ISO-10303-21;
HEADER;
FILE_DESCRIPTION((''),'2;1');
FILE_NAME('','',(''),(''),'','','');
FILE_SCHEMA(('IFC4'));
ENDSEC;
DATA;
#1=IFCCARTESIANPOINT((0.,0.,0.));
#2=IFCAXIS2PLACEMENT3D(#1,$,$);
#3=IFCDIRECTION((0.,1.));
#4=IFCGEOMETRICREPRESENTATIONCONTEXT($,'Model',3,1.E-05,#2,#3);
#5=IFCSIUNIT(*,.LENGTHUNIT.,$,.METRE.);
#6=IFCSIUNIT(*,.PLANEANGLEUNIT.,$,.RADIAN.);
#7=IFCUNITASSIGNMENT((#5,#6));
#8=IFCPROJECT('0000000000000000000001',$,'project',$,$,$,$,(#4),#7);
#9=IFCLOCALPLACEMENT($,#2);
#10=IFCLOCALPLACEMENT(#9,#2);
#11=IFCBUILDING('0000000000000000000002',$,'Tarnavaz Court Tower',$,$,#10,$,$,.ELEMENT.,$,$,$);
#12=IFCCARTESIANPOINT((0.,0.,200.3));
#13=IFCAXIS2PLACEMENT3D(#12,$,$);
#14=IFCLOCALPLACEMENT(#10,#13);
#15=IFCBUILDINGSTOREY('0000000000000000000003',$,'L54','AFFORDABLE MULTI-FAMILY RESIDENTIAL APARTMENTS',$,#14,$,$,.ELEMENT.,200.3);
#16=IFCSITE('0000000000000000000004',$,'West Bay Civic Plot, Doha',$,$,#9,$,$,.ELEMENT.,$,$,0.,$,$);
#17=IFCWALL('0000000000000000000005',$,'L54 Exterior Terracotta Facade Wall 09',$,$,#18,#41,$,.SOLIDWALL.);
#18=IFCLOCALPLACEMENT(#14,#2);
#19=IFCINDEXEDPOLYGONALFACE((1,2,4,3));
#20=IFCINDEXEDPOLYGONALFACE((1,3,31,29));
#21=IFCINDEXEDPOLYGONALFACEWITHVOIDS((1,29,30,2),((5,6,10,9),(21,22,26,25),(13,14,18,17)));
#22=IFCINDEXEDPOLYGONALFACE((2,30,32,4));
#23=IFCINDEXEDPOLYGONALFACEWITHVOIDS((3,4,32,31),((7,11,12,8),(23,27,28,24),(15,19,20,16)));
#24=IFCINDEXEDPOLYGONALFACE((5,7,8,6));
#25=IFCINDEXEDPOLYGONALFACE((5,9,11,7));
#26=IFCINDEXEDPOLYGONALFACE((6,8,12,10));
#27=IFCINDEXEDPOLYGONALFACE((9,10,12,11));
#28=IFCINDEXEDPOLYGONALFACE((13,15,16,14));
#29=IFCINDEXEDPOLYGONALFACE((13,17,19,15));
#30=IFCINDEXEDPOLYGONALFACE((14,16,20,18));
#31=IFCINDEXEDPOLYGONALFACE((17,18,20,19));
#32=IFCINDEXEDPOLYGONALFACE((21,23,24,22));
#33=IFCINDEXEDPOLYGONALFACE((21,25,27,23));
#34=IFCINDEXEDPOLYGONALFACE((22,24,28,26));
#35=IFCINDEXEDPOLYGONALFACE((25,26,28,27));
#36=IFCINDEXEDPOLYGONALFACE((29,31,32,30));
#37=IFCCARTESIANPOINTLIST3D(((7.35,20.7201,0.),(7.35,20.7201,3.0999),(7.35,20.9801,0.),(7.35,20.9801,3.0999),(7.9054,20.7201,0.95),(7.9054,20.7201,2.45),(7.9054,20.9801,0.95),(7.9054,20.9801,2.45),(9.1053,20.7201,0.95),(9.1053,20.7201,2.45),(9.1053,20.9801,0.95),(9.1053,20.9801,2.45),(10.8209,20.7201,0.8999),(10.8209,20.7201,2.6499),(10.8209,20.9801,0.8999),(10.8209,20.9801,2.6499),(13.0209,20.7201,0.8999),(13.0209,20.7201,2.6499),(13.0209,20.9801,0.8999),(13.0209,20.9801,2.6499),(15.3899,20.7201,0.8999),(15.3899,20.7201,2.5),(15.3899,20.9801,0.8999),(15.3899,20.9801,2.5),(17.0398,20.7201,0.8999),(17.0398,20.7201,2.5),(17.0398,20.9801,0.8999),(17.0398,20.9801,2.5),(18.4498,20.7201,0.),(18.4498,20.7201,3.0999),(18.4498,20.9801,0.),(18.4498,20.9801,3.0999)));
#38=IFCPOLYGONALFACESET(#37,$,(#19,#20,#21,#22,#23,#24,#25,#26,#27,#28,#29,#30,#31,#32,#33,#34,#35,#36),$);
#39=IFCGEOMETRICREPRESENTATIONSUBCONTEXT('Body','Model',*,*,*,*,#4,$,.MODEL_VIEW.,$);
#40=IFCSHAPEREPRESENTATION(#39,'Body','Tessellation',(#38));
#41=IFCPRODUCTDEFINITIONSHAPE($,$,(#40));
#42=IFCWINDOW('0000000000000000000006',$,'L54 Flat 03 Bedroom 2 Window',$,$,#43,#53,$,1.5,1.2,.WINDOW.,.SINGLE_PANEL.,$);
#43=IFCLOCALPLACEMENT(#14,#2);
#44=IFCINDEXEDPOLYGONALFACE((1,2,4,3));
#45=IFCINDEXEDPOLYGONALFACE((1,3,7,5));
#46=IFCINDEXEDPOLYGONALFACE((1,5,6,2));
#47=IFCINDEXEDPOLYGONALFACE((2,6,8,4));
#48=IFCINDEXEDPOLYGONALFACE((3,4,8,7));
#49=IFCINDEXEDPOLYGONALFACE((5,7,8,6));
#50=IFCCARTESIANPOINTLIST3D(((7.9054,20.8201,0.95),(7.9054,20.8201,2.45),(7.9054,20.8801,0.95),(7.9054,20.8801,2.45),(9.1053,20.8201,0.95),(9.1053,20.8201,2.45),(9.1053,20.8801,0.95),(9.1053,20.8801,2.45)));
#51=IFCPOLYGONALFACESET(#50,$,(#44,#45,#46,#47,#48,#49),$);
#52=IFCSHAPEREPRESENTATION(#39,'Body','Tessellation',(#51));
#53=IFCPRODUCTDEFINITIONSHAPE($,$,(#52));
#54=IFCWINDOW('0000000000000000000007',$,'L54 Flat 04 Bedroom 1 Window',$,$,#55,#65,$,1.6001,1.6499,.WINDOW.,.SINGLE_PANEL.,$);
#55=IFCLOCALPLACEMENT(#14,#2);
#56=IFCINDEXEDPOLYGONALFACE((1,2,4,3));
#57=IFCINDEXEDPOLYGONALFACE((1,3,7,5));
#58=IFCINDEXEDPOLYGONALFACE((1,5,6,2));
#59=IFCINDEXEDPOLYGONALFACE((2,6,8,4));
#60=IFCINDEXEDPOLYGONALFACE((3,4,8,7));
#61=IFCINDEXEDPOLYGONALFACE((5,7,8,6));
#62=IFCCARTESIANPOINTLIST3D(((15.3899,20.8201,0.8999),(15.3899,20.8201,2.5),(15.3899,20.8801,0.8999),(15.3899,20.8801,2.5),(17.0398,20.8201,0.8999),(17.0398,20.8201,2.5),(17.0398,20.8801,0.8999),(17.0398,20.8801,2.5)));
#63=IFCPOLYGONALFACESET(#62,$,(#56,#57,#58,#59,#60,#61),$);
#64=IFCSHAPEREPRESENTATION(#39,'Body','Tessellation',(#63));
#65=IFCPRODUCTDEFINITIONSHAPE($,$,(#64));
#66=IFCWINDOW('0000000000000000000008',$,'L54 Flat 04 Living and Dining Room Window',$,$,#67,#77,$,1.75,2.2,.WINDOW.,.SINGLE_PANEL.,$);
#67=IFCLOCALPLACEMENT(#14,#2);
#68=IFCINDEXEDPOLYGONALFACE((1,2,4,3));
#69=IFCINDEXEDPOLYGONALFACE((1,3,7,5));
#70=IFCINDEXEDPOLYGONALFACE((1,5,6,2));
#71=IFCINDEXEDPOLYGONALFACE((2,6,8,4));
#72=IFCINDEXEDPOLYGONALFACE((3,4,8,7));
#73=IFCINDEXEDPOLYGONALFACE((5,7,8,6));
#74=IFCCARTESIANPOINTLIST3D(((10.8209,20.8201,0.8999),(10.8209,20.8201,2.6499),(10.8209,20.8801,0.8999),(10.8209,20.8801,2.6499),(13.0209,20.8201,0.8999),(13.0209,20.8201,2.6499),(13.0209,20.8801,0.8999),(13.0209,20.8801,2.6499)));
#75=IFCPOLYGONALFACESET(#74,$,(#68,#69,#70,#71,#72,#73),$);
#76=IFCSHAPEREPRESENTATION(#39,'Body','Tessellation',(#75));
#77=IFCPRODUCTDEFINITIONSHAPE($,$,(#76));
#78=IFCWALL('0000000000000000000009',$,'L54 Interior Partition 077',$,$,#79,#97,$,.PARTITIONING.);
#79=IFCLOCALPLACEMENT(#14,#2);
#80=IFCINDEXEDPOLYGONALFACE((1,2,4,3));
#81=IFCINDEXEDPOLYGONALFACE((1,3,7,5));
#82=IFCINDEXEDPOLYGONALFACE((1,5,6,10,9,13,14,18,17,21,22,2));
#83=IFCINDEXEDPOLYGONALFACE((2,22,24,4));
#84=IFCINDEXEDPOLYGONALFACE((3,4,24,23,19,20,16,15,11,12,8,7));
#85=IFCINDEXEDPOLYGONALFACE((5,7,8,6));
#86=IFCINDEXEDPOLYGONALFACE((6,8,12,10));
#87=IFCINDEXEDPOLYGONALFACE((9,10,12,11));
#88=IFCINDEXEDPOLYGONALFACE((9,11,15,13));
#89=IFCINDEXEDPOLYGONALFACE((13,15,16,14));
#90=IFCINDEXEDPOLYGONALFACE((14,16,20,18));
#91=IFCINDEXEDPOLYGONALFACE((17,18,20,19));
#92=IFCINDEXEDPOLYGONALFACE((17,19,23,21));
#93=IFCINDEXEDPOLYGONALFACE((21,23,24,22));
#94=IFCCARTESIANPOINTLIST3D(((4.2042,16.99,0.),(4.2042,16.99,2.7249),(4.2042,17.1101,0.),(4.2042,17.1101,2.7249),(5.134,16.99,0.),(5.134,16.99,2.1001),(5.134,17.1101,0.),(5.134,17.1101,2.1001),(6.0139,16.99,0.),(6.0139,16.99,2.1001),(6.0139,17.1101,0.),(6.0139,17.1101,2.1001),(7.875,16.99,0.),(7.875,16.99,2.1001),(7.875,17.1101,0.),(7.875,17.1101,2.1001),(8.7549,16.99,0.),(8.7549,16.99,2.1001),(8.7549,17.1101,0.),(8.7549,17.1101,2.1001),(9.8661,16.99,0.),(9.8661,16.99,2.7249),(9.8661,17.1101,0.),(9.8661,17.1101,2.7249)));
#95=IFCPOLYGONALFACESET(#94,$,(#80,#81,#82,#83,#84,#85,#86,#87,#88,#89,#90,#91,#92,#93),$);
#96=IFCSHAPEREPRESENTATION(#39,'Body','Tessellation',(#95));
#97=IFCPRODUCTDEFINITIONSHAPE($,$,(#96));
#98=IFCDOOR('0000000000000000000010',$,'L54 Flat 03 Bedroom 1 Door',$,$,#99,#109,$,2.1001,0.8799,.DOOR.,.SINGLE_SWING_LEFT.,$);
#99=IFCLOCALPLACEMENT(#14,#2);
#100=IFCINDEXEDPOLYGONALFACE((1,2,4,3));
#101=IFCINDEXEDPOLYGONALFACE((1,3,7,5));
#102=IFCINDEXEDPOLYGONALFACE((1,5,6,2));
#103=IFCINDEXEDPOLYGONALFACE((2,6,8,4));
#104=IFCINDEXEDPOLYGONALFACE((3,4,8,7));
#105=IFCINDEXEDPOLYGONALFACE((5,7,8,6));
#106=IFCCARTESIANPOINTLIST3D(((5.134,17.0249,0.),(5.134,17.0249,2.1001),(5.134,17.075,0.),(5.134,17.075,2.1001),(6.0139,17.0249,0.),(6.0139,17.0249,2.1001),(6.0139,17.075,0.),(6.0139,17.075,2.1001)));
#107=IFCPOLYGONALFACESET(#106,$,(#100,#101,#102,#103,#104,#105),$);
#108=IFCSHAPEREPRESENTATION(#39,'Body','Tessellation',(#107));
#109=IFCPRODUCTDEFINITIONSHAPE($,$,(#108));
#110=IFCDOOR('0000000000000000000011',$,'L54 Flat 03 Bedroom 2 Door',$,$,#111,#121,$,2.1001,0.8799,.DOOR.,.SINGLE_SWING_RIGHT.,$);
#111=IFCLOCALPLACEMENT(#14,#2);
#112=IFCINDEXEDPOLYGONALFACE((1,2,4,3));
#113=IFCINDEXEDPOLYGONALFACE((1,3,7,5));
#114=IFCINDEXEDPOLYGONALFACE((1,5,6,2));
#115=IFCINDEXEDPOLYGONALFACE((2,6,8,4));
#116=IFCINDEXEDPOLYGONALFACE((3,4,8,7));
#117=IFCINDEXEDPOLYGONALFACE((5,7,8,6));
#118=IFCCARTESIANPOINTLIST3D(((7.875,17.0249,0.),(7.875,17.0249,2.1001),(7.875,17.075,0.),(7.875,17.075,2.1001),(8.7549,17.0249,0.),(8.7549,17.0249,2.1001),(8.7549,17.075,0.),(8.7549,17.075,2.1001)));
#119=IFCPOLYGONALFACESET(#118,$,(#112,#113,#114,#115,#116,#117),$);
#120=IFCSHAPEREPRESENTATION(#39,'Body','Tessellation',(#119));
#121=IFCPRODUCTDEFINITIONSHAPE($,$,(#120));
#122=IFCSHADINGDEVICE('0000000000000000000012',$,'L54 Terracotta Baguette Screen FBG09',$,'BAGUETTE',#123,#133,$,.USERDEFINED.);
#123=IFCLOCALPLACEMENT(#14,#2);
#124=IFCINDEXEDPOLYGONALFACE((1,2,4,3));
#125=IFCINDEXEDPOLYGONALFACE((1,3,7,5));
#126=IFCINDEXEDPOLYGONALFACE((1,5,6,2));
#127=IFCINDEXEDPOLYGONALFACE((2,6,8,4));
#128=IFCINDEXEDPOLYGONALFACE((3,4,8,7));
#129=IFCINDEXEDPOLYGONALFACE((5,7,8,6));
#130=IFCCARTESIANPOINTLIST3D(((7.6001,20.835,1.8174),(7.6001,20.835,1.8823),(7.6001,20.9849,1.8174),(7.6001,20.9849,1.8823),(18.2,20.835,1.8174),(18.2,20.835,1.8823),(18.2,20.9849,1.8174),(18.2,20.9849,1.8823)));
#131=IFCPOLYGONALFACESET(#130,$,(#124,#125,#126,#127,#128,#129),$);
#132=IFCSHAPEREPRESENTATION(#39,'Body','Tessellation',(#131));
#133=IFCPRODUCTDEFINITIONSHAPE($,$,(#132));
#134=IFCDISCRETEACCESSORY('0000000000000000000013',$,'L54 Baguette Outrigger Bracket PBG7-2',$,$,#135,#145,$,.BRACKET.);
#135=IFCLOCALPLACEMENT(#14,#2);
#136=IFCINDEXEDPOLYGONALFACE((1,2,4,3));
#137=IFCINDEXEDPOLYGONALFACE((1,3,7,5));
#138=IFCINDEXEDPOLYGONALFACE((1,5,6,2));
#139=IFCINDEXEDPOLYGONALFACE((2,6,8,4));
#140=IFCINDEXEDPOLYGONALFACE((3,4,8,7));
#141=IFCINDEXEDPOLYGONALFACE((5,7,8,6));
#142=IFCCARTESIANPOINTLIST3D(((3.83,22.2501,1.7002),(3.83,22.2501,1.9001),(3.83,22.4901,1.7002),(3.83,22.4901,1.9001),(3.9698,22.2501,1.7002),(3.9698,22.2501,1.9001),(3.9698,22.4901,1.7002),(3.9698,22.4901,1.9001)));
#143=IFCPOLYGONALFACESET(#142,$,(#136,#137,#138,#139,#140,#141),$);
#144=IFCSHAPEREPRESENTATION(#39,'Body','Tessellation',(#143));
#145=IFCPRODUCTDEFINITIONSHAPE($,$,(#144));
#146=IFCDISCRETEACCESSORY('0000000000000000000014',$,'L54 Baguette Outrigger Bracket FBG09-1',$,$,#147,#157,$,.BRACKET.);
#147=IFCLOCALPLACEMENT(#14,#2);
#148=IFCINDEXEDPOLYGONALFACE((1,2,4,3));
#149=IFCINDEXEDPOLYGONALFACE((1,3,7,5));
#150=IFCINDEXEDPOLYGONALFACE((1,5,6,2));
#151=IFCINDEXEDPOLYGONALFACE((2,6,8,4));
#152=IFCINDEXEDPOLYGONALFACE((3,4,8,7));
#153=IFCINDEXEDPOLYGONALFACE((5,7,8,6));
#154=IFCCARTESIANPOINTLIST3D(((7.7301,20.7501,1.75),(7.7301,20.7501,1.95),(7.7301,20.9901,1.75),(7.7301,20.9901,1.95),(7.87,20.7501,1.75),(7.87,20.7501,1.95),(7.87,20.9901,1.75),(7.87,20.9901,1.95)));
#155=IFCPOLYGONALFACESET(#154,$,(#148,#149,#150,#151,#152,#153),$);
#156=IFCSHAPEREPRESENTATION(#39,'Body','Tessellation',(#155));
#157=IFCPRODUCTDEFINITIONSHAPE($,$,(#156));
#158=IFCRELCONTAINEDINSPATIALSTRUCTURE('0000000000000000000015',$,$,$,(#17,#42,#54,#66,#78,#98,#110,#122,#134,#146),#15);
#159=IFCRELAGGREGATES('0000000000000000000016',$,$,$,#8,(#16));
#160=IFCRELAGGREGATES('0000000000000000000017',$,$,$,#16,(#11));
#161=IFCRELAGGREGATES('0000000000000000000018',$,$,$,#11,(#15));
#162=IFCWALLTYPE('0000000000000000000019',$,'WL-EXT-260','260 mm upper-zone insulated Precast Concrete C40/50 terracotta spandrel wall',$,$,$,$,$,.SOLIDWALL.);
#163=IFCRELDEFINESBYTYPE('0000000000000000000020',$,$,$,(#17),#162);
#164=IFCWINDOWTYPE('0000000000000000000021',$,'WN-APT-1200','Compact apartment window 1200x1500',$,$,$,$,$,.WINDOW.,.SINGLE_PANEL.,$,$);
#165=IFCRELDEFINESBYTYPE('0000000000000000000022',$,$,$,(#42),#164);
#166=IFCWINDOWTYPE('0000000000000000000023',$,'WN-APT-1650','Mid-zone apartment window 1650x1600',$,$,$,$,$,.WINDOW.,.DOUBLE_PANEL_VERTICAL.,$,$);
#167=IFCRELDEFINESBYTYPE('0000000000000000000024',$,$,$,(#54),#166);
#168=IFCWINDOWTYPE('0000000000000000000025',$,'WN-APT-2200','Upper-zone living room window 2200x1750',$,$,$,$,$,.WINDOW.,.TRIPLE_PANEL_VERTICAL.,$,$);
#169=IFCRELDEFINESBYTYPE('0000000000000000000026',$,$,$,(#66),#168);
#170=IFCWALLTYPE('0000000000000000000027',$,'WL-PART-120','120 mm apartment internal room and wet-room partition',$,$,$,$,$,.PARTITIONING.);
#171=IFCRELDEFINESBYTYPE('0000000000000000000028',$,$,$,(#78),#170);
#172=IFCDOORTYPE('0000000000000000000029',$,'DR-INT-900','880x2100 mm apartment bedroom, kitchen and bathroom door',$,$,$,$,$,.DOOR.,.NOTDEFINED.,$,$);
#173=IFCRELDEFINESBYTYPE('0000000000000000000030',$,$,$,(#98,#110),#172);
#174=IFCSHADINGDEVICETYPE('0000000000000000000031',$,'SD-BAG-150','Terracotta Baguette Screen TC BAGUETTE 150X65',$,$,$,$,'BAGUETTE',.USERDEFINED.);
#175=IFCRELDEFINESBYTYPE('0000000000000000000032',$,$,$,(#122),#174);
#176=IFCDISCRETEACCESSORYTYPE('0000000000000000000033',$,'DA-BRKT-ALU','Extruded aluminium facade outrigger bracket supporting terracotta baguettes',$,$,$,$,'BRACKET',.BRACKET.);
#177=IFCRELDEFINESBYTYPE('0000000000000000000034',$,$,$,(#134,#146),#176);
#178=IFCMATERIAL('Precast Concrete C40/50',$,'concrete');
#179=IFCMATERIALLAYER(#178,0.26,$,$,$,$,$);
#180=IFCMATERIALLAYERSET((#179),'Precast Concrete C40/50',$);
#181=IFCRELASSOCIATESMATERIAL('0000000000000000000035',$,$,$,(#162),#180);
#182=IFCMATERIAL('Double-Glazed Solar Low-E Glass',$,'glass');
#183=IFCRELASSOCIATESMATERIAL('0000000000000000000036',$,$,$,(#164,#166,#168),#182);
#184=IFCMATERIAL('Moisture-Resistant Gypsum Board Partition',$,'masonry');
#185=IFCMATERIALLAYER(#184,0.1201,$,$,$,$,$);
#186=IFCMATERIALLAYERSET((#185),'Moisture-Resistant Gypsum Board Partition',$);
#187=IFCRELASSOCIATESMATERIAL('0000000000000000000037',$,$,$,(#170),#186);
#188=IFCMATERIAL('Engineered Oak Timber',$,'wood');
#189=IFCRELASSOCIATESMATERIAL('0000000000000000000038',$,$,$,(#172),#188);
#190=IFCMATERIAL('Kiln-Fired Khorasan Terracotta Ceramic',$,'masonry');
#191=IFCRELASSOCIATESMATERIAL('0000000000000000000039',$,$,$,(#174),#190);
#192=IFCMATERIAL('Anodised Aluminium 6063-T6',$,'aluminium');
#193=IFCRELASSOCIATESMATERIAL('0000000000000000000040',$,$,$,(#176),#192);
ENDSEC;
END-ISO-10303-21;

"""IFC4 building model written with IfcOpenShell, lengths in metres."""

from ifc_helpers import new_model, si_unit, direction, frame, frame_2d, origin, origin_2d, place, context, subcontext, project, spatial, rectangle, extrude, material, layer, layer_set, material_profile, profile_set, type_object, element, fill, save


model = new_model("IFC4")

# Units and contexts
model_context = context("Model", 3, precision=1e-05, world=origin(), true_north=direction((0.0, 1.0)))
body_context = subcontext(model_context, "Body", "Model", "MODEL_VIEW")
ifc_project = project(units=[si_unit("LENGTHUNIT", "METRE"), si_unit("PLANEANGLEUNIT", "RADIAN")], contexts=[model_context])

# Site, building, storey
site_placement = place(None, origin())
site = spatial("IfcSite", under=ifc_project, at=site_placement, Name="West Bay Civic Plot, Doha", CompositionType="ELEMENT", RefElevation=0.0)
building_placement = place(site_placement, origin())
building = spatial("IfcBuilding", under=site, at=building_placement, Name="Tarnavaz Court Tower", CompositionType="ELEMENT")
storey_placement = place(building_placement, frame((0.0, 0.0, 200.3)))
storey = spatial("IfcBuildingStorey", under=building, at=storey_placement, Name="L54", Description="AFFORDABLE MULTI-FAMILY RESIDENTIAL APARTMENTS", CompositionType="ELEMENT", Elevation=200.3)

# Shared definitions
ifc_material_1 = material(Name="Anodised Aluminium 6063-T6", Category="aluminium")
ifc_material_2 = material(Name="Double-Glazed Solar Low-E Glass", Category="glass")

# Shared definitions
ifc_material_3 = material(Name="Precast Concrete C40/50", Category="concrete")
ifc_layer_1 = layer(ifc_material_3, 0.26)
ifc_layer_set_1 = layer_set([ifc_layer_1], Name="Precast Concrete C40/50")
wall_type_1 = type_object("IfcWallType", Name="WL-EXT-260", Description="260 mm upper-zone insulated Precast Concrete C40/50 terracotta spandrel wall", PredefinedType="SOLIDWALL", material=ifc_layer_set_1)

# Wall, openings, windows
wall_1_placement = place(storey_placement, frame((7.3501, 20.8501, 0.0), z_axis=(0.0, 0.0, 1.0), x_axis=(1.0, 0.0, 0.0)))
wall_1 = element("IfcWall", 1, at=wall_1_placement, inside=storey, type_object=wall_type_1, Name="L54 Exterior Terracotta Facade Wall 09", PredefinedType="SOLIDWALL", context=body_context, shape_type="SweptSolid", body=[
    extrude(rectangle(XDim=11.0999, YDim=0.26, at=frame_2d((5.5498, 0.0))), origin(), (0.0, 0.0, 1.0), 3.0999),
])
opening_1_placement = place(wall_1_placement, frame((0.5552, 0.0, 0.95)))
opening_1 = element("IfcOpeningElement", 2, at=opening_1_placement, cuts=wall_1, PredefinedType="OPENING", context=body_context, shape_type="SweptSolid", body=[
    extrude(rectangle(XDim=1.2, YDim=1.5, at=frame_2d((0.6001, 0.75))), frame((0.0, 0.1399, 0.0), z_axis=(0.0, -1.0, 0.0), x_axis=(1.0, 0.0, 0.0)), (0.0, 0.0, 1.0), 0.28),
])
opening_2_placement = place(wall_1_placement, frame((3.4707, 0.0, 0.8999)))
opening_2 = element("IfcOpeningElement", 3, at=opening_2_placement, cuts=wall_1, PredefinedType="OPENING", context=body_context, shape_type="SweptSolid", body=[
    extrude(rectangle(XDim=2.2, YDim=1.75, at=frame_2d((1.1001, 0.875))), frame((0.0, 0.1399, 0.0), z_axis=(0.0, -1.0, 0.0), x_axis=(1.0, 0.0, 0.0)), (0.0, 0.0, 1.0), 0.28),
])
opening_3_placement = place(wall_1_placement, frame((8.0398, 0.0, 0.8999)))
opening_3 = element("IfcOpeningElement", 4, at=opening_3_placement, cuts=wall_1, PredefinedType="OPENING", context=body_context, shape_type="SweptSolid", body=[
    extrude(rectangle(XDim=1.6499, YDim=1.6001, at=frame_2d((0.825, 0.8))), frame((0.0, 0.1399, 0.0), z_axis=(0.0, -1.0, 0.0), x_axis=(1.0, 0.0, 0.0)), (0.0, 0.0, 1.0), 0.28),
])
window_type_1 = type_object("IfcWindowType", Name="WN-APT-1200", Description="Compact apartment window 1200x1500", PartitioningType="SINGLE_PANEL", PredefinedType="WINDOW", material=ifc_material_2)
window_1_placement = place(opening_1_placement, origin())
window_1 = element("IfcWindow", 5, at=window_1_placement, inside=storey, type_object=window_type_1, Name="L54 Flat 03 Bedroom 2 Window", OverallHeight=1.5, OverallWidth=1.2, PartitioningType="SINGLE_PANEL", PredefinedType="WINDOW", context=body_context, shape_type="SweptSolid", body=[
    extrude(rectangle(XDim=1.2, YDim=1.5, at=frame_2d((0.6001, 0.75))), frame((0.0, 0.03, 0.0), z_axis=(0.0, -1.0, 0.0), x_axis=(1.0, 0.0, 0.0)), (0.0, 0.0, 1.0), 0.0601),
])
fill(opening_1, window_1)
window_type_2 = type_object("IfcWindowType", Name="WN-APT-1650", Description="Mid-zone apartment window 1650x1600", PartitioningType="DOUBLE_PANEL_VERTICAL", PredefinedType="WINDOW", material=ifc_material_2)
window_2_placement = place(opening_3_placement, origin())
window_2 = element("IfcWindow", 6, at=window_2_placement, inside=storey, type_object=window_type_2, Name="L54 Flat 04 Bedroom 1 Window", OverallHeight=1.6001, OverallWidth=1.6499, PartitioningType="SINGLE_PANEL", PredefinedType="WINDOW", context=body_context, shape_type="SweptSolid", body=[
    extrude(rectangle(XDim=1.6499, YDim=1.6001, at=frame_2d((0.825, 0.8))), frame((0.0, 0.03, 0.0), z_axis=(0.0, -1.0, 0.0), x_axis=(1.0, 0.0, 0.0)), (0.0, 0.0, 1.0), 0.0601),
])
fill(opening_3, window_2)
window_type_3 = type_object("IfcWindowType", Name="WN-APT-2200", Description="Upper-zone living room window 2200x1750", PartitioningType="TRIPLE_PANEL_VERTICAL", PredefinedType="WINDOW", material=ifc_material_2)
window_3_placement = place(opening_2_placement, origin())
window_3 = element("IfcWindow", 7, at=window_3_placement, inside=storey, type_object=window_type_3, Name="L54 Flat 04 Living and Dining Room Window", OverallHeight=1.75, OverallWidth=2.2, PartitioningType="SINGLE_PANEL", PredefinedType="WINDOW", context=body_context, shape_type="SweptSolid", body=[
    extrude(rectangle(XDim=2.2, YDim=1.75, at=frame_2d((1.1001, 0.875))), frame((0.0, 0.03, 0.0), z_axis=(0.0, -1.0, 0.0), x_axis=(1.0, 0.0, 0.0)), (0.0, 0.0, 1.0), 0.0601),
])
fill(opening_2, window_3)

# Wall, openings, doors
ifc_material_4 = material(Name="Moisture-Resistant Gypsum Board Partition", Category="masonry")
ifc_layer_2 = layer(ifc_material_4, 0.1201)
ifc_layer_set_2 = layer_set([ifc_layer_2], Name="Moisture-Resistant Gypsum Board Partition")
wall_type_2 = type_object("IfcWallType", Name="WL-PART-120", Description="120 mm apartment internal room and wet-room partition", PredefinedType="PARTITIONING", material=ifc_layer_set_2)
wall_2_placement = place(storey_placement, frame((4.2041, 17.05, 0.0), z_axis=(0.0, 0.0, 1.0), x_axis=(1.0, 0.0, 0.0)))
wall_2 = element("IfcWall", 8, at=wall_2_placement, inside=storey, type_object=wall_type_2, Name="L54 Interior Partition 077", PredefinedType="PARTITIONING", context=body_context, shape_type="SweptSolid", body=[
    extrude(rectangle(XDim=5.6619, YDim=0.1201, at=frame_2d((2.8311, 0.0))), origin(), (0.0, 0.0, 1.0), 2.7249),
])
opening_4_placement = place(wall_2_placement, frame((0.9299, 0.0, 0.0)))
opening_4 = element("IfcOpeningElement", 9, at=opening_4_placement, cuts=wall_2, PredefinedType="OPENING", context=body_context, shape_type="SweptSolid", body=[
    extrude(rectangle(XDim=0.8799, YDim=2.1001, at=frame_2d((0.4399, 1.05))), frame((0.0, 0.0701, 0.0), z_axis=(0.0, -1.0, 0.0), x_axis=(1.0, 0.0, 0.0)), (0.0, 0.0, 1.0), 0.1401),
])
opening_5_placement = place(wall_2_placement, frame((3.6709, 0.0, 0.0)))
opening_5 = element("IfcOpeningElement", 10, at=opening_5_placement, cuts=wall_2, PredefinedType="OPENING", context=body_context, shape_type="SweptSolid", body=[
    extrude(rectangle(XDim=0.8799, YDim=2.1001, at=frame_2d((0.4399, 1.05))), frame((0.0, 0.0701, 0.0), z_axis=(0.0, -1.0, 0.0), x_axis=(1.0, 0.0, 0.0)), (0.0, 0.0, 1.0), 0.1401),
])
ifc_material_5 = material(Name="Engineered Oak Timber", Category="wood")
door_type = type_object("IfcDoorType", Name="DR-INT-900", Description="880x2100 mm apartment bedroom, kitchen and bathroom door", OperationType="NOTDEFINED", PredefinedType="DOOR", material=ifc_material_5)
door_1_placement = place(opening_4_placement, origin())
door_1 = element("IfcDoor", 11, at=door_1_placement, inside=storey, type_object=door_type, Name="L54 Flat 03 Bedroom 1 Door", OperationType="SINGLE_SWING_LEFT", OverallHeight=2.1001, OverallWidth=0.8799, PredefinedType="DOOR", context=body_context, shape_type="SweptSolid", body=[
    extrude(rectangle(XDim=0.8799, YDim=2.1001, at=frame_2d((0.4399, 1.05))), frame((0.0, 0.0249, 0.0), z_axis=(0.0, -1.0, 0.0), x_axis=(1.0, 0.0, 0.0)), (0.0, 0.0, 1.0), 0.05),
])
fill(opening_4, door_1)
door_2_placement = place(opening_5_placement, origin())
door_2 = element("IfcDoor", 12, at=door_2_placement, inside=storey, type_object=door_type, Name="L54 Flat 03 Bedroom 2 Door", OperationType="SINGLE_SWING_RIGHT", OverallHeight=2.1001, OverallWidth=0.8799, PredefinedType="DOOR", context=body_context, shape_type="SweptSolid", body=[
    extrude(rectangle(XDim=0.8799, YDim=2.1001, at=frame_2d((0.4399, 1.05))), frame((0.0, 0.0249, 0.0), z_axis=(0.0, -1.0, 0.0), x_axis=(1.0, 0.0, 0.0)), (0.0, 0.0, 1.0), 0.05),
])
fill(opening_5, door_2)

# Shading device
ifc_material_6 = material(Name="Kiln-Fired Khorasan Terracotta Ceramic", Category="masonry")
ifc_material_profile_1 = material_profile(ifc_material_6, rectangle(XDim=0.1499, YDim=0.0649, at=origin_2d()), Name="TC BAGUETTE 150X65")
ifc_profile_set_1 = profile_set([ifc_material_profile_1], Name="Kiln-Fired Khorasan Terracotta Ceramic")
shading_device_type = type_object("IfcShadingDeviceType", Name="SD-BAG-150", Description="Terracotta Baguette Screen TC BAGUETTE 150X65", ElementType="BAGUETTE", PredefinedType="USERDEFINED", material=ifc_profile_set_1)
shading_device_placement = place(storey_placement, frame((7.6001, 20.9099, 1.8499), z_axis=(1.0, 0.0, 0.0), x_axis=(0.0, 1.0, 0.0)))
element("IfcShadingDevice", 13, at=shading_device_placement, inside=storey, type_object=shading_device_type, Name="L54 Terracotta Baguette Screen FBG09", ObjectType="BAGUETTE", PredefinedType="USERDEFINED", context=body_context, shape_type="SweptSolid", body=[
    extrude(rectangle(XDim=0.1499, YDim=0.0649, at=origin_2d()), origin(), (0.0, 0.0, 1.0), 10.5999),
])

# Discrete accessories
discrete_accessory_type = type_object("IfcDiscreteAccessoryType", Name="DA-BRKT-ALU", Description="Extruded aluminium facade outrigger bracket supporting terracotta baguettes", ElementType="BRACKET", PredefinedType="BRACKET", material=ifc_material_1)
for number, where, z_axis, x_axis, name in (
    (14, (3.8999, 22.3701, 1.7002), (0.0, 0.0, 1.0), (1.0, 0.0, 0.0), "L54 Baguette Outrigger Bracket PBG7-2"),
    (15, (7.8, 20.8701, 1.75), (0.0, 0.0, 1.0), (1.0, 0.0, 0.0), "L54 Baguette Outrigger Bracket FBG09-1"),
):
    element("IfcDiscreteAccessory", number, at=place(storey_placement, frame(where, z_axis=z_axis, x_axis=x_axis)), inside=storey, type_object=discrete_accessory_type, Name=name, PredefinedType="BRACKET", context=body_context, shape_type="SweptSolid", body=[
        extrude(rectangle(XDim=0.1399, YDim=0.24, at=origin_2d()), origin(), (0.0, 0.0, 1.0), 0.2),
    ])

save(model, "model.ifc")
